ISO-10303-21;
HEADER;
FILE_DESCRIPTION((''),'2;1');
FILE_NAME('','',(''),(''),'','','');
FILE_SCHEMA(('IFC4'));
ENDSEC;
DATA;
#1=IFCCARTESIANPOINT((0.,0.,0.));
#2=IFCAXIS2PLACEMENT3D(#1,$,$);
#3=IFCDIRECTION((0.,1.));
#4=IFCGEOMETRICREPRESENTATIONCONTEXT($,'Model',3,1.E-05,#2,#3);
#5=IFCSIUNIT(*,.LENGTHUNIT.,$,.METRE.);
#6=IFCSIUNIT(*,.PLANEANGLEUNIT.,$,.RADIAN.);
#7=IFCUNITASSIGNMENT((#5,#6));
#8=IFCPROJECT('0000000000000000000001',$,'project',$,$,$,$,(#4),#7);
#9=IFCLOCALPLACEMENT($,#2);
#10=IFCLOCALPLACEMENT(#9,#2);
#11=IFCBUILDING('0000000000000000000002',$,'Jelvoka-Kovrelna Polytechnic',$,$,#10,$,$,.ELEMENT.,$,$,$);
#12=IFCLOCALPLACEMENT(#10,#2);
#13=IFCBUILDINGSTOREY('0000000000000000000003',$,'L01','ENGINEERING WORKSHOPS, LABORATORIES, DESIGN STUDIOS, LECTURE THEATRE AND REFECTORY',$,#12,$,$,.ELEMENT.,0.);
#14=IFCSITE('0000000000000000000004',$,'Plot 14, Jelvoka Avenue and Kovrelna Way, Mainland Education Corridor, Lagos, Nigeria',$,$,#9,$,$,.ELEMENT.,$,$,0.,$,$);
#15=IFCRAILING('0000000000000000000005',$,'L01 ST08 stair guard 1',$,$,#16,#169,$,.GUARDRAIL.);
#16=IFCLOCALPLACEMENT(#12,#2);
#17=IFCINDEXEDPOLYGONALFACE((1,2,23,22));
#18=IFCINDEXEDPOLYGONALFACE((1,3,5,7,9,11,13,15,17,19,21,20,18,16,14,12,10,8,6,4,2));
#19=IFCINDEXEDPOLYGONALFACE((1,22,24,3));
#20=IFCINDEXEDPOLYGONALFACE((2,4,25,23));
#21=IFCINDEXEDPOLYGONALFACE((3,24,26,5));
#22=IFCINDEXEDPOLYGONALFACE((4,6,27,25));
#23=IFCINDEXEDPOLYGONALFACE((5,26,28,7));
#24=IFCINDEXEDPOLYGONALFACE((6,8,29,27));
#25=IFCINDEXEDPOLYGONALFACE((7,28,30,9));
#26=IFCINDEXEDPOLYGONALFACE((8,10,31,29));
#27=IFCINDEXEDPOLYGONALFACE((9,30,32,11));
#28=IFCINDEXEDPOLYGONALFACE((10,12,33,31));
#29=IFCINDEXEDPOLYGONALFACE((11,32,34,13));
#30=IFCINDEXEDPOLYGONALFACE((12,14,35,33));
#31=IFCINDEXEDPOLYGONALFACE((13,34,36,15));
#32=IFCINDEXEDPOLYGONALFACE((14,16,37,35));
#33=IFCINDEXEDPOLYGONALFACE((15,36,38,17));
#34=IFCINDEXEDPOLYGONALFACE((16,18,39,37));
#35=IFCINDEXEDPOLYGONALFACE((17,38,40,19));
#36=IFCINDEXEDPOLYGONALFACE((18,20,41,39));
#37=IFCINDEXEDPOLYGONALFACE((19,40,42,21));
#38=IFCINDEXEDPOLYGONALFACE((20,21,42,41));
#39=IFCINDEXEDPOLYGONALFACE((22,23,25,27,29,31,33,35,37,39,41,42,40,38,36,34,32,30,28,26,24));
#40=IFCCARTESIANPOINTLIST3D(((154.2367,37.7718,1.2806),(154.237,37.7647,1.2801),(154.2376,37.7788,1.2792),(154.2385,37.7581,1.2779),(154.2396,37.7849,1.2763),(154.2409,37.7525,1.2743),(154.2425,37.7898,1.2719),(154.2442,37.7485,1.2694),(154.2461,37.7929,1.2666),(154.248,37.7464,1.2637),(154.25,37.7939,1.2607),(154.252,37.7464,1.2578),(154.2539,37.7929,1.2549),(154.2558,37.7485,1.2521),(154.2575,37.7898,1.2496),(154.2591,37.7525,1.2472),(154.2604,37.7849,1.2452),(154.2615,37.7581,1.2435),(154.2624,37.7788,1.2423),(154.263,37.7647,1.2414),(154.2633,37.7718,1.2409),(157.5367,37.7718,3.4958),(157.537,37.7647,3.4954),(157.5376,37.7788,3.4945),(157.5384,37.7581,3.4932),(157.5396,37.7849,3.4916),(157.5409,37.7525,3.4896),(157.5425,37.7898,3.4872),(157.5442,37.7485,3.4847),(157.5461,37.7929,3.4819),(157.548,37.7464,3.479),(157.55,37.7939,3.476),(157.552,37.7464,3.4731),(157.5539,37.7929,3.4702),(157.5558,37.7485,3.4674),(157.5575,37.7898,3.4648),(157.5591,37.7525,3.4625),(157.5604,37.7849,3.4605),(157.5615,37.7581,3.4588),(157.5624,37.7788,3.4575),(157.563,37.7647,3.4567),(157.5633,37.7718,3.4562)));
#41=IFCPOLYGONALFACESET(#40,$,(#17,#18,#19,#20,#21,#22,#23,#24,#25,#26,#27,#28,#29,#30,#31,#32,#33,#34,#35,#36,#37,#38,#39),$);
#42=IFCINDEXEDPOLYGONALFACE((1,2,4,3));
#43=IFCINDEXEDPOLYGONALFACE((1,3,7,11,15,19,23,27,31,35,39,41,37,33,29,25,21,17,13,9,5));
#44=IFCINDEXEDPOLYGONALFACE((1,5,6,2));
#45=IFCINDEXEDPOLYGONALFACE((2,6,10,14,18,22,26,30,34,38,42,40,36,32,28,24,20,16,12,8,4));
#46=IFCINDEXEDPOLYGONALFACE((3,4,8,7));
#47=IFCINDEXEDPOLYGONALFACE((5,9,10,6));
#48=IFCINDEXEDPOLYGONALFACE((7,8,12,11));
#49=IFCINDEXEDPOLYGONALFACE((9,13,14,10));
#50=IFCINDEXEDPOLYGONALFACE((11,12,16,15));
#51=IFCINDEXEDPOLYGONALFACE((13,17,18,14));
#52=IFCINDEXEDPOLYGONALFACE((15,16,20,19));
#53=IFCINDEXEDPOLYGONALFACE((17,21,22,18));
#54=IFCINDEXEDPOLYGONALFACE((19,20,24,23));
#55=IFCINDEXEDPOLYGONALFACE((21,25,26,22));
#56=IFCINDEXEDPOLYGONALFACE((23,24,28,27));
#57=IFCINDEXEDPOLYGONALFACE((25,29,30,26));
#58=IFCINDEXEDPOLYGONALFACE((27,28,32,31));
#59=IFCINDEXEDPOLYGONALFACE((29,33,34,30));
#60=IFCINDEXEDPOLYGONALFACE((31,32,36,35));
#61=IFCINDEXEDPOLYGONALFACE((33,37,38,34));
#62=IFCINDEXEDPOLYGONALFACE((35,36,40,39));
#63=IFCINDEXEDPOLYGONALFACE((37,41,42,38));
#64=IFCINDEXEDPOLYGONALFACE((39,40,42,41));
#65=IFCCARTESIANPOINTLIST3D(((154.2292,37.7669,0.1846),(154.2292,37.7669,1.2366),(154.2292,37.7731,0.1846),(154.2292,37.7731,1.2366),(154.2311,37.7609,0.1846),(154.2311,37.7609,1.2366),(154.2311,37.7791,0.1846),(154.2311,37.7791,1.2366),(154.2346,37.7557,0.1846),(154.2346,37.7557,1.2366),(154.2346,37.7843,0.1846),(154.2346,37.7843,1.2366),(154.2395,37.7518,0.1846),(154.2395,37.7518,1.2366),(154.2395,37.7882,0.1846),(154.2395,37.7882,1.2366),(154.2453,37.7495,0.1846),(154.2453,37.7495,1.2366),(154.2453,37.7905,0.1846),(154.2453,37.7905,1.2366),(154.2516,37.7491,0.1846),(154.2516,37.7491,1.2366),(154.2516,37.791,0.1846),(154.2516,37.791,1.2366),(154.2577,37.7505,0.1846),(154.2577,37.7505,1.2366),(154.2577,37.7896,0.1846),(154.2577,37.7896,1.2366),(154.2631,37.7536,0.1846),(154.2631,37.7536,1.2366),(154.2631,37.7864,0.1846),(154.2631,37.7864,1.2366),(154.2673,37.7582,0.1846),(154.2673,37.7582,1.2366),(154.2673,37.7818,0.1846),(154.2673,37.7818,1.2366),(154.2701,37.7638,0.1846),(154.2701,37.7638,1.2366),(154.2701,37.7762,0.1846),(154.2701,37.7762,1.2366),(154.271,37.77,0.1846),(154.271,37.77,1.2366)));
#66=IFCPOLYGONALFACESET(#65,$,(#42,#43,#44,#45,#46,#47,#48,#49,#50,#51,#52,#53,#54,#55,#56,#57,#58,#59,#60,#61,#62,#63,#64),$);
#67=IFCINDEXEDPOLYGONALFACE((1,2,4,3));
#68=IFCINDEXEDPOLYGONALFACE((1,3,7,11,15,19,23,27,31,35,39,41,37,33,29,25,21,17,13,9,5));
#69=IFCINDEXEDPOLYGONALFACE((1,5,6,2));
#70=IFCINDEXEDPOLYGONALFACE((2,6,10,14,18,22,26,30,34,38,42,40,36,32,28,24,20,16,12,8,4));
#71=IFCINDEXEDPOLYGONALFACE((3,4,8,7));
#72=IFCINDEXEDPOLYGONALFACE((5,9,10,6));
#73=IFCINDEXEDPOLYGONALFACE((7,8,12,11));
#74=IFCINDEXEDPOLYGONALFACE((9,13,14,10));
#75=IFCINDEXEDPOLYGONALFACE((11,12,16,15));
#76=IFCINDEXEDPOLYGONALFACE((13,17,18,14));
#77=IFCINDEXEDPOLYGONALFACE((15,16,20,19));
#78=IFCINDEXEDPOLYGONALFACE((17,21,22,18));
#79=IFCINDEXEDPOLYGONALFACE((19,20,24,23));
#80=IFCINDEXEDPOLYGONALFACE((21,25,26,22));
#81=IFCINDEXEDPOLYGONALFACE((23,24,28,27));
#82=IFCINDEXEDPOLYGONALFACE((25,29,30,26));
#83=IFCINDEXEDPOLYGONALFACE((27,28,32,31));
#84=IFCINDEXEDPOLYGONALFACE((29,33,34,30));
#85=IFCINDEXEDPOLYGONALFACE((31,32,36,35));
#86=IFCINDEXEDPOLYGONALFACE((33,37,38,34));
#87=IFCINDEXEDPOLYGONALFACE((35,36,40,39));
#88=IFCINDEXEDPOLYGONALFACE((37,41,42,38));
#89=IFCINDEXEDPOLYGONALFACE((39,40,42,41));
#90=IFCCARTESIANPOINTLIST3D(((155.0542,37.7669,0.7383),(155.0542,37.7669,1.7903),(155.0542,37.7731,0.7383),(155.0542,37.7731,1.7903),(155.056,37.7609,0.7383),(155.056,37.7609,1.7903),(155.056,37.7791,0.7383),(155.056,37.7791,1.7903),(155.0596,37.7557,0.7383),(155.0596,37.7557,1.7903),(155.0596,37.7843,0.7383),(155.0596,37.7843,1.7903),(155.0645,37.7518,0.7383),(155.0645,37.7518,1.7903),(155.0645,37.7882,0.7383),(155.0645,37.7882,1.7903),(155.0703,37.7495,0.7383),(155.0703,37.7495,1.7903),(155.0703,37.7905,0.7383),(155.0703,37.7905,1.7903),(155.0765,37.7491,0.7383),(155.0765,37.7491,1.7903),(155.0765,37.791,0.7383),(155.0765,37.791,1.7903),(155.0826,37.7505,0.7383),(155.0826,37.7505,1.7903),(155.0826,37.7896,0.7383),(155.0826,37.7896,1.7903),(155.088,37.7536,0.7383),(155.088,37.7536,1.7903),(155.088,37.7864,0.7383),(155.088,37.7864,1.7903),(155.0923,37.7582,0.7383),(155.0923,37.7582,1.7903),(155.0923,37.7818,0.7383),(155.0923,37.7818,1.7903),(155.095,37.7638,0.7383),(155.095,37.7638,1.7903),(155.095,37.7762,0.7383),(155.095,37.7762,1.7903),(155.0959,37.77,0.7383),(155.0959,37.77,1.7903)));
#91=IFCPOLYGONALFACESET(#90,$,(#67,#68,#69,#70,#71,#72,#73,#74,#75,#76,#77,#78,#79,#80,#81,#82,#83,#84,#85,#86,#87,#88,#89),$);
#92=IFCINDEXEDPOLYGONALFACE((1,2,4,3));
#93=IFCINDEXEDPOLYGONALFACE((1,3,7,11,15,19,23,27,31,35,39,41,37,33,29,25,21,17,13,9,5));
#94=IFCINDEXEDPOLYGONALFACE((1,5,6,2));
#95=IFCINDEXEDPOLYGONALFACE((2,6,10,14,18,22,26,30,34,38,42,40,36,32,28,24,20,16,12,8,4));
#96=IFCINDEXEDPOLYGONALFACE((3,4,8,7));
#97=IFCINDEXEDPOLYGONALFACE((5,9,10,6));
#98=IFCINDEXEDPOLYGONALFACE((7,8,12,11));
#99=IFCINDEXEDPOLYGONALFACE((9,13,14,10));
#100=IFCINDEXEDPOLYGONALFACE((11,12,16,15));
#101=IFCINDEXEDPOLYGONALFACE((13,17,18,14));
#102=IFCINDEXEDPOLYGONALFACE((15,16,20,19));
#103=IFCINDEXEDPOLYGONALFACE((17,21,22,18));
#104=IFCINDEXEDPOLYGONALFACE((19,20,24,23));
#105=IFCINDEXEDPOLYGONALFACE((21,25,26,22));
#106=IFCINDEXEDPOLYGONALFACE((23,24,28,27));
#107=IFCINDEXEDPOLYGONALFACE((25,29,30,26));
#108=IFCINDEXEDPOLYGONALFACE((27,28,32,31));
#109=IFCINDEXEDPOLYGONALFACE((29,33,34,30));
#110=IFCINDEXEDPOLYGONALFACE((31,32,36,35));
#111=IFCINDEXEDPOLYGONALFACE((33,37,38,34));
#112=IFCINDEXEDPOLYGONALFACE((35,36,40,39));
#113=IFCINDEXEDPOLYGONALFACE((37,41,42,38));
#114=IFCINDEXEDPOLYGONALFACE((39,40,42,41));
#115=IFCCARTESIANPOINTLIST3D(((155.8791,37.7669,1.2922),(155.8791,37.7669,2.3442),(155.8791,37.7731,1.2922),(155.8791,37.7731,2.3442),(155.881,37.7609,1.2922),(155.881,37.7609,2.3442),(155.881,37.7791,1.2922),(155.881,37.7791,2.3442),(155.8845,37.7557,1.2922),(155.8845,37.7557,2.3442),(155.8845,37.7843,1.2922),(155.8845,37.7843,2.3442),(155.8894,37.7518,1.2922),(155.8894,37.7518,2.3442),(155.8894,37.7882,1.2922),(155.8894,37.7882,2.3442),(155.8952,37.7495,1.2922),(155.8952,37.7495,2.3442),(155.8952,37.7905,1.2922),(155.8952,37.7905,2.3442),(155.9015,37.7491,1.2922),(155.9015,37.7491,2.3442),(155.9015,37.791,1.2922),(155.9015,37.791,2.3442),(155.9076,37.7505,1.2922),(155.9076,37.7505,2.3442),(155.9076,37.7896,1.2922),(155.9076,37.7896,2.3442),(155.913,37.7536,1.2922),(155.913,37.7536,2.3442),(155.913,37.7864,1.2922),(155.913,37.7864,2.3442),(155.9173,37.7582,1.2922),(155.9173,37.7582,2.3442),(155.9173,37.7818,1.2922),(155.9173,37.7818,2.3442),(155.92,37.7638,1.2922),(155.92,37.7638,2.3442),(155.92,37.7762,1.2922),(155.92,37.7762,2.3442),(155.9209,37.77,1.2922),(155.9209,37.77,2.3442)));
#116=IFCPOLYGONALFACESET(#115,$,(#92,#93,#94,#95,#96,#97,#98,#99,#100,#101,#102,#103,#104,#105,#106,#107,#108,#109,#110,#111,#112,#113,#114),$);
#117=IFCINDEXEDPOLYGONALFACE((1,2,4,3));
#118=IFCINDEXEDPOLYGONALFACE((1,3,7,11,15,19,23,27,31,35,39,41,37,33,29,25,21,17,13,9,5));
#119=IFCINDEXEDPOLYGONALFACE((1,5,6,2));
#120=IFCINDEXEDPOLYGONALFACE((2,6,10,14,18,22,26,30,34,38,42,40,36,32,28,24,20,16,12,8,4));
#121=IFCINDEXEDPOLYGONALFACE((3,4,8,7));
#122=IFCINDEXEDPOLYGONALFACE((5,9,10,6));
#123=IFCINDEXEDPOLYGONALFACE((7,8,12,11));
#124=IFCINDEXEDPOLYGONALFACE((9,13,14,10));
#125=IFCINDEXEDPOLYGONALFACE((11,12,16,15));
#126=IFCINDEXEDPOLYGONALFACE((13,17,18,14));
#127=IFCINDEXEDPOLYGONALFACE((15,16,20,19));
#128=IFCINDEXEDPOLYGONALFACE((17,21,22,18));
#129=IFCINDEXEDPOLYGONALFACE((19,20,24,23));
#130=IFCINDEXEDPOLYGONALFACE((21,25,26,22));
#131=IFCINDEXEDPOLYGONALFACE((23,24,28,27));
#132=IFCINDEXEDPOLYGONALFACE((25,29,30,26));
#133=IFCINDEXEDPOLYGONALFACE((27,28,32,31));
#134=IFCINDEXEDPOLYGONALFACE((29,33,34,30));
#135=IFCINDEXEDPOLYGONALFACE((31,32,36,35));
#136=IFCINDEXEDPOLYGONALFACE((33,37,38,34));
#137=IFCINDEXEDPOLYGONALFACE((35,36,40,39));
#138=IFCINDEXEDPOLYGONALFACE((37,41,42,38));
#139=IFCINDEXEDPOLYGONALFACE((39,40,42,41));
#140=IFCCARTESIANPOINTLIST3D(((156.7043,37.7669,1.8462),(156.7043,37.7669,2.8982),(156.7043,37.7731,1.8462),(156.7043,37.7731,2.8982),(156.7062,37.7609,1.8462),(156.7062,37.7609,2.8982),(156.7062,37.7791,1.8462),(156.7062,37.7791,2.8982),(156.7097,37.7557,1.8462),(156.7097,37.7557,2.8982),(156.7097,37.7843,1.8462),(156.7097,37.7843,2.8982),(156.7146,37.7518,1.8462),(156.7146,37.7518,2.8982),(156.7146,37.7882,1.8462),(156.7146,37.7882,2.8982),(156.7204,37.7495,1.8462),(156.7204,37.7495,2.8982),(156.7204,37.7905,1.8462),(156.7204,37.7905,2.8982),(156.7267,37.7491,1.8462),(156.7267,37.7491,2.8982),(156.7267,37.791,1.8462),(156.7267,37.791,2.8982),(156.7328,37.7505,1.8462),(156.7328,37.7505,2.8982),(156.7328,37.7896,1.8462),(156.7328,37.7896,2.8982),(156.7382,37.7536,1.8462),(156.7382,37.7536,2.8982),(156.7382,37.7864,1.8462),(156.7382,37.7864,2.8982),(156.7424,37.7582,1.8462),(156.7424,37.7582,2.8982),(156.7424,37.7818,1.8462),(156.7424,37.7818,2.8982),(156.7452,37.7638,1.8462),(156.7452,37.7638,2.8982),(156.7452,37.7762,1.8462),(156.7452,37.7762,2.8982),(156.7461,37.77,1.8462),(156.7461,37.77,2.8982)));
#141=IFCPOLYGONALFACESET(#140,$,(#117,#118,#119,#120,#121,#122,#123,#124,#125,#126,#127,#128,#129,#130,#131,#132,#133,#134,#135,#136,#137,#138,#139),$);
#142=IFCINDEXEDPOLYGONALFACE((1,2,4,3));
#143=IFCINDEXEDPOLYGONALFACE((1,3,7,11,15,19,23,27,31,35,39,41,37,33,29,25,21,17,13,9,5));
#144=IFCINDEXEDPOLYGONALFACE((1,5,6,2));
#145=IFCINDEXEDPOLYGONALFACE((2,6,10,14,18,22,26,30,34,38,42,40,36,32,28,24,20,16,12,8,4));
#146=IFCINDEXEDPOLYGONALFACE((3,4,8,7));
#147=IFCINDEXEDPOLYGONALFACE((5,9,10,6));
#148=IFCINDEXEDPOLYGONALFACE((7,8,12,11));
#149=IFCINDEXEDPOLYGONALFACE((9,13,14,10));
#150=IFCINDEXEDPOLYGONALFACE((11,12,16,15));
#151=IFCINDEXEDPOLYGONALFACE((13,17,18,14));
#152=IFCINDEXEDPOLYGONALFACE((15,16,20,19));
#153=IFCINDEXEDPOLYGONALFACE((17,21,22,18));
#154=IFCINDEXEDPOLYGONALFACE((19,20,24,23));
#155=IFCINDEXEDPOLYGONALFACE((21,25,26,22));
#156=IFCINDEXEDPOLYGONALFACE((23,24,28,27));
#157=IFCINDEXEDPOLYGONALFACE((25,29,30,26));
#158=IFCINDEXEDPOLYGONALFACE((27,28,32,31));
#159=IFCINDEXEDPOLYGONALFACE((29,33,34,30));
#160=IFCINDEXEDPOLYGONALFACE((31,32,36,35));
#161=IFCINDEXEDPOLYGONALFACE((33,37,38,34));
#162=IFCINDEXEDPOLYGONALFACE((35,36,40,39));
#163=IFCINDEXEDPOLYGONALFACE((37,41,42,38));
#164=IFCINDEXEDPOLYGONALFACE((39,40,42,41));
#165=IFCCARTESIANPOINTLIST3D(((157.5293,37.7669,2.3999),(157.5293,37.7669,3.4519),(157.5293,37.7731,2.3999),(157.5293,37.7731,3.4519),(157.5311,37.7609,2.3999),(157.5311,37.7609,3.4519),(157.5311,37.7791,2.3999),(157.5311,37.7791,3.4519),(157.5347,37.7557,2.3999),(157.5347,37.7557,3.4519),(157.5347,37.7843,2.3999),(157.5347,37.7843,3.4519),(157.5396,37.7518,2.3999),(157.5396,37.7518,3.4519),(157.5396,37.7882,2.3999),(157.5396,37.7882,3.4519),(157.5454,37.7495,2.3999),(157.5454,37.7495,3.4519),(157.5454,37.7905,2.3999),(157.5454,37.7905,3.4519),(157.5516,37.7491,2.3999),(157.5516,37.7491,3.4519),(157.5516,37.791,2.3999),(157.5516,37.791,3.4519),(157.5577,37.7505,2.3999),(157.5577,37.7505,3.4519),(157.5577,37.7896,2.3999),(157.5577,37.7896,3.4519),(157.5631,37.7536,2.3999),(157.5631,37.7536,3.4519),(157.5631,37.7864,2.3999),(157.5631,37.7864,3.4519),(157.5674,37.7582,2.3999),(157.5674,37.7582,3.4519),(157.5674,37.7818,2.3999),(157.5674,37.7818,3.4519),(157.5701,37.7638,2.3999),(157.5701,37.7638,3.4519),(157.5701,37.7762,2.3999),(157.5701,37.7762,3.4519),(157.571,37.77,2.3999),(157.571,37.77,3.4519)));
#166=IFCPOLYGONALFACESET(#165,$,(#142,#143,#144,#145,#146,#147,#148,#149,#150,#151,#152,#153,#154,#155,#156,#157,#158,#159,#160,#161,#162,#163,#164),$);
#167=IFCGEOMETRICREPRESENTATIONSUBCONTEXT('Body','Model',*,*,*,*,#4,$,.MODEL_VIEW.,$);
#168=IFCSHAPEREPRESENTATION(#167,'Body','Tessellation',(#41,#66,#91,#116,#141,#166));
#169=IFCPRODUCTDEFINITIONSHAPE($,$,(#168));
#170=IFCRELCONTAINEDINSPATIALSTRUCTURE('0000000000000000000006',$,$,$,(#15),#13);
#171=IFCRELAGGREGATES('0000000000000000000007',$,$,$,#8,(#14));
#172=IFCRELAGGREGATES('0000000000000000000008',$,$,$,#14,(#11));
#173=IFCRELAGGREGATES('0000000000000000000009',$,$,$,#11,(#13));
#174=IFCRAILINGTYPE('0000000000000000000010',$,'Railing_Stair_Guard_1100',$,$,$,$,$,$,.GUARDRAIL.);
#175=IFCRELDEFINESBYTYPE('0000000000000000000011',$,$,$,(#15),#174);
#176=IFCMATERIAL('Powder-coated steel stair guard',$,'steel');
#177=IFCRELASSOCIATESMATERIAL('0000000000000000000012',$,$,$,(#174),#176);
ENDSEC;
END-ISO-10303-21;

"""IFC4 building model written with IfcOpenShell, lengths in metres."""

from ifc_helpers import new_model, si_unit, direction, frame, origin, origin_2d, place, context, subcontext, project, spatial, circle, extrude, material, type_object, element, save


model = new_model("IFC4")

# Units and contexts
model_context = context("Model", 3, precision=1e-05, world=origin(), true_north=direction((0.0, 1.0)))
body_context = subcontext(model_context, "Body", "Model", "MODEL_VIEW")
ifc_project = project(units=[si_unit("LENGTHUNIT", "METRE"), si_unit("PLANEANGLEUNIT", "RADIAN")], contexts=[model_context])

# Site, building, storey
site_placement = place(None, origin())
site = spatial("IfcSite", under=ifc_project, at=site_placement, Name="Plot 14, Jelvoka Avenue and Kovrelna Way, Mainland Education Corridor, Lagos, Nigeria", CompositionType="ELEMENT", RefElevation=0.0)
building_placement = place(site_placement, origin())
building = spatial("IfcBuilding", under=site, at=building_placement, Name="Jelvoka-Kovrelna Polytechnic", CompositionType="ELEMENT")
storey_placement = place(building_placement, origin())
storey = spatial("IfcBuildingStorey", under=building, at=storey_placement, Name="L01", Description="ENGINEERING WORKSHOPS, LABORATORIES, DESIGN STUDIOS, LECTURE THEATRE AND REFECTORY", CompositionType="ELEMENT", Elevation=0.0)

# Railing
ifc_material_1 = material(Name="Powder-coated steel stair guard", Category="steel")
railing_type_1 = type_object("IfcRailingType", Name="Railing_Stair_Guard_1100", PredefinedType="GUARDRAIL", material=ifc_material_1)
railing_1_placement = place(storey_placement, frame((154.25, 37.77, 0.1846)))
element("IfcRailing", 1, at=railing_1_placement, inside=storey, type_object=railing_type_1, Name="L01 ST08 stair guard 1", PredefinedType="GUARDRAIL", context=body_context, shape_type="SweptSolid", body=[
    extrude(circle(Radius=0.0239, at=origin_2d()), frame((0.0, 0.0, 1.0762), z_axis=(0.830269, 0.0, 0.557362), x_axis=(0.0, 1.0, 0.0)), (0.0, 0.0, 1.0), 3.9746),
    extrude(circle(Radius=0.021, at=origin_2d()), origin(), (0.0, 0.0, 1.0), 1.052),
    extrude(circle(Radius=0.021, at=origin_2d()), frame((0.825, 0.0, 0.5537)), (0.0, 0.0, 1.0), 1.052),
    extrude(circle(Radius=0.021, at=origin_2d()), frame((1.6499, 0.0, 1.1077)), (0.0, 0.0, 1.0), 1.052),
    extrude(circle(Radius=0.021, at=origin_2d()), frame((2.4751, 0.0, 1.6616)), (0.0, 0.0, 1.0), 1.052),
    extrude(circle(Radius=0.021, at=origin_2d()), frame((3.3, 0.0, 2.2153)), (0.0, 0.0, 1.0), 1.052),
])

save(model, "model.ifc")
